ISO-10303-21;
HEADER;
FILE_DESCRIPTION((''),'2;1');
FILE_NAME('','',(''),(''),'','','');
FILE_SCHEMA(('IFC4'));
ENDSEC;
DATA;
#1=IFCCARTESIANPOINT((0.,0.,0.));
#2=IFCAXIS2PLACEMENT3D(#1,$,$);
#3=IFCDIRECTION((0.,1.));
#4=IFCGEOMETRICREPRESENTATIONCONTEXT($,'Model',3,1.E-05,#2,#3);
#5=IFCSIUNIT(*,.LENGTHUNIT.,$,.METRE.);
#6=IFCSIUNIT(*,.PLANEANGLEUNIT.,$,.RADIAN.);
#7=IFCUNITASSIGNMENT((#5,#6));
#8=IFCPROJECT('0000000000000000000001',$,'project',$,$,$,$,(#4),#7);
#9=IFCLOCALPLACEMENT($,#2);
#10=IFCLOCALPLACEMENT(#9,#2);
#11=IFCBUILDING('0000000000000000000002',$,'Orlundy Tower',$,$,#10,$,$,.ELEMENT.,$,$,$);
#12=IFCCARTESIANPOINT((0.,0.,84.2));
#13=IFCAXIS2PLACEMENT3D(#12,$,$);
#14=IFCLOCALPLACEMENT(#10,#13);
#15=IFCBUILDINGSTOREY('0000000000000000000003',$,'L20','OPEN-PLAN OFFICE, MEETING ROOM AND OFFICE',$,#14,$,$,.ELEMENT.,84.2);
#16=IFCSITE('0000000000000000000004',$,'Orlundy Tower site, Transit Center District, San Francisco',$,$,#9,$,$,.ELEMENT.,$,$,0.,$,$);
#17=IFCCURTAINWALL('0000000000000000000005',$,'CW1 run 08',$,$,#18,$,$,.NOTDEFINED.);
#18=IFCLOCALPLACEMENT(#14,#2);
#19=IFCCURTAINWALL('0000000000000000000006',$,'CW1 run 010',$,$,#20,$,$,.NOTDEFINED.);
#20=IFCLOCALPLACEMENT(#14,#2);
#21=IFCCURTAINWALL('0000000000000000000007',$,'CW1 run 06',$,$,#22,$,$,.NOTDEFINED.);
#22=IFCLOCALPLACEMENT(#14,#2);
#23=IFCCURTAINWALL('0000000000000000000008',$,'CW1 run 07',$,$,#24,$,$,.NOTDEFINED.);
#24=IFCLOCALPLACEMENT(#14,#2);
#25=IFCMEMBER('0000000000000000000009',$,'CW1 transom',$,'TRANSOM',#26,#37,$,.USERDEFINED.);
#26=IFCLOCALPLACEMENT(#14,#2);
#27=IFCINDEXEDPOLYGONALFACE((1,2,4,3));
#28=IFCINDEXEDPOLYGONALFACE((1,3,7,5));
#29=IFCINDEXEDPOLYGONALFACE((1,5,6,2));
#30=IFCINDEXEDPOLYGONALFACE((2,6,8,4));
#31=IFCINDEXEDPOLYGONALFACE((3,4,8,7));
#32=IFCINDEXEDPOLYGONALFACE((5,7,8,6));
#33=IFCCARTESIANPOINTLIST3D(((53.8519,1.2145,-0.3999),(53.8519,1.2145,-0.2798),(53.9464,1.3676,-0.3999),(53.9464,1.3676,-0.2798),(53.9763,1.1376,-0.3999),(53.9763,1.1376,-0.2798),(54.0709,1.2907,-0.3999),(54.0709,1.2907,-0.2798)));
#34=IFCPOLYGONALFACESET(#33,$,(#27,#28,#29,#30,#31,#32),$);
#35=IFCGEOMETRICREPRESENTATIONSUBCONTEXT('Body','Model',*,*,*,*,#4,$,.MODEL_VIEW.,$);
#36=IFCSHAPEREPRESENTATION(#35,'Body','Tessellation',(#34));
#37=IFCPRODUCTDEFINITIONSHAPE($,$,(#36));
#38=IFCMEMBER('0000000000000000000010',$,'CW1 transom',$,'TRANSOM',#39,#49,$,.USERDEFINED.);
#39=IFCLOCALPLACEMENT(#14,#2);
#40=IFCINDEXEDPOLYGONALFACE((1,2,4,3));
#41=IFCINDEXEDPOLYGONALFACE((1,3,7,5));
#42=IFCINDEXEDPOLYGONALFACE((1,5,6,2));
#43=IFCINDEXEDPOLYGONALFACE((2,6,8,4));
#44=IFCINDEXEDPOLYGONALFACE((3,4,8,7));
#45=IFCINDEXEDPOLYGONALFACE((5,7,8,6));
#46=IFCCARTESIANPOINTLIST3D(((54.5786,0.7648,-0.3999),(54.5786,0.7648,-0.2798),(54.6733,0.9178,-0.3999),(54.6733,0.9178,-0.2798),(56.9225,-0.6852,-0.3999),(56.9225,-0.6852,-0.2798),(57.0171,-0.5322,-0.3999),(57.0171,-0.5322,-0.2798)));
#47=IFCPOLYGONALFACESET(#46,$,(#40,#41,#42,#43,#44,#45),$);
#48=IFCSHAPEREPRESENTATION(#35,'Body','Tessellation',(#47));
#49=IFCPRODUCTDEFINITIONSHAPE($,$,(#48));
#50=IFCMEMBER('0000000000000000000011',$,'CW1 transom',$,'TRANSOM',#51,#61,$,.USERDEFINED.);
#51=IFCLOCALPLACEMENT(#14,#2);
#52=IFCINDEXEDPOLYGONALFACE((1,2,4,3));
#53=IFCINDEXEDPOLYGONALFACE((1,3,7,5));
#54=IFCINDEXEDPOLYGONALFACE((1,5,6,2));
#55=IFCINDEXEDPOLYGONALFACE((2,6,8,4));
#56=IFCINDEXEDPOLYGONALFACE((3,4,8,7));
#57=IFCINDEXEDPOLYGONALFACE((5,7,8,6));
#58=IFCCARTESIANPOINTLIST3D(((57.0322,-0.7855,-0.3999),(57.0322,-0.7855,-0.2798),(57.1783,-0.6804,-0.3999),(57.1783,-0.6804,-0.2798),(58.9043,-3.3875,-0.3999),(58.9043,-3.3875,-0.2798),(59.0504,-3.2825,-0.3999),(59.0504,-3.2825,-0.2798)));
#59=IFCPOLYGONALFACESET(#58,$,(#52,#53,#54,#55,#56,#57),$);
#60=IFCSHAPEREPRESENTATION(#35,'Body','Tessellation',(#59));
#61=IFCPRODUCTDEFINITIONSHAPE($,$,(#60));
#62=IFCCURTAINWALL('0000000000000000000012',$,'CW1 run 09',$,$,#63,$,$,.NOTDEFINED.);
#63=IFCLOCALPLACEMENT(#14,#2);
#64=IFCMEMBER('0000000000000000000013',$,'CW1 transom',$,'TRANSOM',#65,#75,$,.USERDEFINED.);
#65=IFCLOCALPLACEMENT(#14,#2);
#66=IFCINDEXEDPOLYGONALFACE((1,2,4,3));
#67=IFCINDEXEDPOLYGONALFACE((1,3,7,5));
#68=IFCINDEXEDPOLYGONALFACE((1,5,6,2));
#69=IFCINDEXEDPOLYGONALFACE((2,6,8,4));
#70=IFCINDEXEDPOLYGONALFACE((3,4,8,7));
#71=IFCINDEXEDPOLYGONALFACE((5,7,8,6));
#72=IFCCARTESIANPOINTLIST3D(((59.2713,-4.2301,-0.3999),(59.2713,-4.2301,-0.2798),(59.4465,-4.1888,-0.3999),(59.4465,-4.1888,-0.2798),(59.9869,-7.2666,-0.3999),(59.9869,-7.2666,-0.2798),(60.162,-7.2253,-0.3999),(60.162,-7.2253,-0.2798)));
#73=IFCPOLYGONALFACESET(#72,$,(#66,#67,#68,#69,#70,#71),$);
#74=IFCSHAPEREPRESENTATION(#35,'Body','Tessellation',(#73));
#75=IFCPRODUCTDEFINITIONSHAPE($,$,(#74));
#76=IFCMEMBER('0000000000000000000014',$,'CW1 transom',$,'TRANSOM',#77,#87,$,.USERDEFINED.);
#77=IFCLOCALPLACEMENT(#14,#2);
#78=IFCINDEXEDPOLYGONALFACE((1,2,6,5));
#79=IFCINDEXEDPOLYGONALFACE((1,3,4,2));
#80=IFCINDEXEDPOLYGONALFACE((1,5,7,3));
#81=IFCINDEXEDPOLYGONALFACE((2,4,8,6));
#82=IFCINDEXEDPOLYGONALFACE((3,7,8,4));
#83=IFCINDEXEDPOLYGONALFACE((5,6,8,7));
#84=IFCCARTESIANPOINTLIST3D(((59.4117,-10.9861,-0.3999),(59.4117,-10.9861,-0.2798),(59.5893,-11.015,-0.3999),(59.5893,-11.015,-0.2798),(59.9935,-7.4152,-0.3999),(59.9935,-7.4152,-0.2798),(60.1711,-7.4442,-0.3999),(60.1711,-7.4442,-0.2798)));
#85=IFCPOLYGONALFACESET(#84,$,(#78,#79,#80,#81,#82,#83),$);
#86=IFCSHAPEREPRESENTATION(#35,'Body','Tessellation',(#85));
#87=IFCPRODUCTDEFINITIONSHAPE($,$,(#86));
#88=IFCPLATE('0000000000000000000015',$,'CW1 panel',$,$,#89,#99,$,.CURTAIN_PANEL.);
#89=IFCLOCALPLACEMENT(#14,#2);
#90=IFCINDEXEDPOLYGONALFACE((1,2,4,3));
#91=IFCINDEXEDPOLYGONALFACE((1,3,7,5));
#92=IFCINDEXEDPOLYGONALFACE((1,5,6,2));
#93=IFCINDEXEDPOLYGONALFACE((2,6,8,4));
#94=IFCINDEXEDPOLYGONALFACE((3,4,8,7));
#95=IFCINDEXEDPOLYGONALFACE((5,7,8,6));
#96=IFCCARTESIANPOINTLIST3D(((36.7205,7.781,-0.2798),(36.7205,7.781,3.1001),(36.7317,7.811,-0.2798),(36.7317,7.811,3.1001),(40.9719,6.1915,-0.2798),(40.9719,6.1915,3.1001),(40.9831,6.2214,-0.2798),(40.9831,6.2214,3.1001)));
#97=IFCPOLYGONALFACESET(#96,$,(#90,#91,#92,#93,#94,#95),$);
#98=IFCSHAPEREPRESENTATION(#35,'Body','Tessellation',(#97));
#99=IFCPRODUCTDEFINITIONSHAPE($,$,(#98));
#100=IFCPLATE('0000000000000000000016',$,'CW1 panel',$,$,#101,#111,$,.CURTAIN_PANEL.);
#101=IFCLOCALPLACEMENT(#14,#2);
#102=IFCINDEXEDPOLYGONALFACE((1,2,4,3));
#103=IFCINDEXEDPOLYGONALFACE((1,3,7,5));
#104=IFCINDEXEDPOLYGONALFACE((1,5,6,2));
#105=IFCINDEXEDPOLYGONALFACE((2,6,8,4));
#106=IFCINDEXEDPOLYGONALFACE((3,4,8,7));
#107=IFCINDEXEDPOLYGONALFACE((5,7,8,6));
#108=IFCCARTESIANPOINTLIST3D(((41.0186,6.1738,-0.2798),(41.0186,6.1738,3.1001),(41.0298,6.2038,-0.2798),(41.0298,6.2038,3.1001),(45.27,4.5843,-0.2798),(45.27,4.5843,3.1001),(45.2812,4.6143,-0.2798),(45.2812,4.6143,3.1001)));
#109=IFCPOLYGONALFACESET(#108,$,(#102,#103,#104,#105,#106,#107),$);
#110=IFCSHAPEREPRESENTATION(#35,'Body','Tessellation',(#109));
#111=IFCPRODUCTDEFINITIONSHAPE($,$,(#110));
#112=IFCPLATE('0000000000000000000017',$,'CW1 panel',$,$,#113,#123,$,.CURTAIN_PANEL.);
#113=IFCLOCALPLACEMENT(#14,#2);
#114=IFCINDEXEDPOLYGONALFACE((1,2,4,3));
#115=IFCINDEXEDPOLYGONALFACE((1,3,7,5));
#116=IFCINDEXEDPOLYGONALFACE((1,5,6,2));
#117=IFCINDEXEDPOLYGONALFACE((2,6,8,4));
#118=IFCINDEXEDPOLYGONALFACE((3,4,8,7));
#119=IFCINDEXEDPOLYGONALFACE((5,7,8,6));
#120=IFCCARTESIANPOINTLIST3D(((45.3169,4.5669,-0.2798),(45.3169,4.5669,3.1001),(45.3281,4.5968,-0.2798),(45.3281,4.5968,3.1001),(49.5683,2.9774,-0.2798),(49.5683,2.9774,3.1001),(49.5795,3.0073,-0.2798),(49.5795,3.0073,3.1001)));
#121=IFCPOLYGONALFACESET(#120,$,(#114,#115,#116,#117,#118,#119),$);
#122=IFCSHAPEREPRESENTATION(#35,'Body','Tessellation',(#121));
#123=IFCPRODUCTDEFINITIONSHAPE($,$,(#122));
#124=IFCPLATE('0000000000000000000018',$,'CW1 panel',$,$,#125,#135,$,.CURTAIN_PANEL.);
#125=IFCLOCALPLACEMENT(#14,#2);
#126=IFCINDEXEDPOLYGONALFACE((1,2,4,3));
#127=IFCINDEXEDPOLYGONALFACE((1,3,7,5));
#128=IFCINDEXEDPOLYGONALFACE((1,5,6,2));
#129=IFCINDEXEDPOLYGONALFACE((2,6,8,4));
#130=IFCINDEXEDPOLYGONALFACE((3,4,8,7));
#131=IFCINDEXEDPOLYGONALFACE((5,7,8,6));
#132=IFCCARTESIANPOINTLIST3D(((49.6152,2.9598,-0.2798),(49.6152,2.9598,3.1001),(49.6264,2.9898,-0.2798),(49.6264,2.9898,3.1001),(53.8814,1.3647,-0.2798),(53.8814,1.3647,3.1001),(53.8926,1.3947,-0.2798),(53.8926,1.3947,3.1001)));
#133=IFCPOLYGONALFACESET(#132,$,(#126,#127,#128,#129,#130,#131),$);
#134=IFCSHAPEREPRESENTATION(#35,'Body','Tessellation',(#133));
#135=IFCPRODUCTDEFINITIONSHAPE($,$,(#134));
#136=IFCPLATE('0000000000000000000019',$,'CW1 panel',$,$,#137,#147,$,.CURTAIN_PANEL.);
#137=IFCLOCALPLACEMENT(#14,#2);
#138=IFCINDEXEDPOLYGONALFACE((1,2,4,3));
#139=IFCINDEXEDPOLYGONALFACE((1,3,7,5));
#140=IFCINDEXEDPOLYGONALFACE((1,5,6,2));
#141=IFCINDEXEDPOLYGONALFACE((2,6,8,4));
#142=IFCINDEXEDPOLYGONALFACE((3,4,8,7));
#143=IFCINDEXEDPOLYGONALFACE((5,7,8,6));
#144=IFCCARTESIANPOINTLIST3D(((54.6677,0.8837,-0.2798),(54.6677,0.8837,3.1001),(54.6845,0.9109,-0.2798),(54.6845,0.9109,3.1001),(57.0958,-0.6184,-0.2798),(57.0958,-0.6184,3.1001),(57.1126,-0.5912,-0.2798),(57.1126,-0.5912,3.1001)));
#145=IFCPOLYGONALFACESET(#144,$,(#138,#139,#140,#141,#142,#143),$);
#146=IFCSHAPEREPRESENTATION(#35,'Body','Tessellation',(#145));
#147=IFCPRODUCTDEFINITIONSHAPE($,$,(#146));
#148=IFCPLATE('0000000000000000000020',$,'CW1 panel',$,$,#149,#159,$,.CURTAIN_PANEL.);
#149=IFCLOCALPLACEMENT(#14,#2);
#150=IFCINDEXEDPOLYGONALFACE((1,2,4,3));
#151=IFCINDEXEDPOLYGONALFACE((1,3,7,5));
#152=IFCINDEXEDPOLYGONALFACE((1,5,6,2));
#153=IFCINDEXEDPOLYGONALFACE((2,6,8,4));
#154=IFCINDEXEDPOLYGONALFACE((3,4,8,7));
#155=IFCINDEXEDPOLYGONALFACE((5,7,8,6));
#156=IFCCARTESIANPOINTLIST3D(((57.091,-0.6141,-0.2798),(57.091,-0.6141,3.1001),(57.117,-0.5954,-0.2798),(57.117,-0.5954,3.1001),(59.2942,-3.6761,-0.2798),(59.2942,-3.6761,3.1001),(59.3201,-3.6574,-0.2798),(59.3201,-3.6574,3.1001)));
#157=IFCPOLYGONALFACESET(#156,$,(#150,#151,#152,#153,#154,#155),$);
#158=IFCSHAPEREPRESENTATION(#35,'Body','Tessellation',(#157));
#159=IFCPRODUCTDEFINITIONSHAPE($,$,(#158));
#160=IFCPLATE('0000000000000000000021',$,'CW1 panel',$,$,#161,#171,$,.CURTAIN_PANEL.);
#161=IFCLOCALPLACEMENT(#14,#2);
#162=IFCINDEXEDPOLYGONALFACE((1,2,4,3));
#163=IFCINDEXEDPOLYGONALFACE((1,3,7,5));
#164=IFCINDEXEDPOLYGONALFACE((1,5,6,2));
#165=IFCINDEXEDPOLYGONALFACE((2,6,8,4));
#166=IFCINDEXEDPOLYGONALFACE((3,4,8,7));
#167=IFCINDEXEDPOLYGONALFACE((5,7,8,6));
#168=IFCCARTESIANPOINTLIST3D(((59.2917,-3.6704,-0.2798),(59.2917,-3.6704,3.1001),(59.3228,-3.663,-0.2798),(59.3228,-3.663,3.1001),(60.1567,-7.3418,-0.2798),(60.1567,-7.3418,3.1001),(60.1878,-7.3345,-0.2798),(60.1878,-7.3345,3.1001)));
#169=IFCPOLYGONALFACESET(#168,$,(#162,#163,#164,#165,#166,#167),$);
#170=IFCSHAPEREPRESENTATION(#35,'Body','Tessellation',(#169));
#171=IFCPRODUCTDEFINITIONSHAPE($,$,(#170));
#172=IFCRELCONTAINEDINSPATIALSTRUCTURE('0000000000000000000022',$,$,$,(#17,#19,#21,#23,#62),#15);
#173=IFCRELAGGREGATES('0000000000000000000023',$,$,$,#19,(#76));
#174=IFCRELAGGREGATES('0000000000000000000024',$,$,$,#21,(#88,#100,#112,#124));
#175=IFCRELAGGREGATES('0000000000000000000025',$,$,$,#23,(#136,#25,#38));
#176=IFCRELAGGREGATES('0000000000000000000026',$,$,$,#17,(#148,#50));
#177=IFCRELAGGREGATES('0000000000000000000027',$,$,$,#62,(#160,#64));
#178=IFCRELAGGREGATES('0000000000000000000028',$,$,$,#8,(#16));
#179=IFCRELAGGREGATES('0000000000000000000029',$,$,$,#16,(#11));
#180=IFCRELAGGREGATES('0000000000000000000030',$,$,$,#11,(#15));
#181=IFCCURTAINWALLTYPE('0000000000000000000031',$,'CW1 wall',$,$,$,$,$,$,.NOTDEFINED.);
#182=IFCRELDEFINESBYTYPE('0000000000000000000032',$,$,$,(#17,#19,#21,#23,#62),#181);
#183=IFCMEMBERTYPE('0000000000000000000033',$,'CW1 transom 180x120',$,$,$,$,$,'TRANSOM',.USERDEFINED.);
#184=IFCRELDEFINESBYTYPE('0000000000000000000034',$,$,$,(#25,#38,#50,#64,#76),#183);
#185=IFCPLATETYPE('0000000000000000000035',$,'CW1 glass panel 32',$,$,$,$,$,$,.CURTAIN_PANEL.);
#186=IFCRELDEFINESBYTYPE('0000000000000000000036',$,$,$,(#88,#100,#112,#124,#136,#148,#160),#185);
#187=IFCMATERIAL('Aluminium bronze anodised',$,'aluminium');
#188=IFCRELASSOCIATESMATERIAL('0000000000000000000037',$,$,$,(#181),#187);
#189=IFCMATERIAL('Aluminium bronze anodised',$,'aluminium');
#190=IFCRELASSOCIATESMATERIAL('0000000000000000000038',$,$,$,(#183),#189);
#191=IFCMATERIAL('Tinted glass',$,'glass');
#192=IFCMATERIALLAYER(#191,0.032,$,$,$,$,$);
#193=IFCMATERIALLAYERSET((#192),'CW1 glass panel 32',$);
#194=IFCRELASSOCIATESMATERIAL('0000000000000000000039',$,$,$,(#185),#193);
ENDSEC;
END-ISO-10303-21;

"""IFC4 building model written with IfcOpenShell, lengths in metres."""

from ifc_helpers import new_model, si_unit, direction, frame, origin, origin_2d, place, context, subcontext, project, spatial, rectangle, extrude, material, layer, layer_set, material_profile, profile_set, type_object, element, aggregate, save


model = new_model("IFC4")

# Units and contexts
model_context = context("Model", 3, precision=1e-05, world=origin(), true_north=direction((0.0, 1.0)))
body_context = subcontext(model_context, "Body", "Model", "MODEL_VIEW")
ifc_project = project(units=[si_unit("LENGTHUNIT", "METRE"), si_unit("PLANEANGLEUNIT", "RADIAN")], contexts=[model_context])

# Site, building, storey
site_placement = place(None, origin())
site = spatial("IfcSite", under=ifc_project, at=site_placement, Name="Orlundy Tower site, Transit Center District, San Francisco", CompositionType="ELEMENT", RefElevation=0.0)
building_placement = place(site_placement, origin())
building = spatial("IfcBuilding", under=site, at=building_placement, Name="Orlundy Tower", CompositionType="ELEMENT")
storey_placement = place(building_placement, frame((0.0, 0.0, 84.2)))
storey = spatial("IfcBuildingStorey", under=building, at=storey_placement, Name="L20", Description="OPEN-PLAN OFFICE, MEETING ROOM AND OFFICE", CompositionType="ELEMENT", Elevation=84.2)

# Curtain walls
ifc_material_1 = material(Name="Aluminium bronze anodised", Category="aluminium")
curtain_wall_type = type_object("IfcCurtainWallType", Name="CW1 wall", PredefinedType="NOTDEFINED", material=ifc_material_1)
curtain_wall_1_placement = place(storey_placement, origin())
curtain_wall_1 = element("IfcCurtainWall", 1, at=curtain_wall_1_placement, inside=storey, type_object=curtain_wall_type, Name="CW1 run 08", PredefinedType="NOTDEFINED")
curtain_wall_2_placement = place(storey_placement, origin())
curtain_wall_2 = element("IfcCurtainWall", 2, at=curtain_wall_2_placement, inside=storey, type_object=curtain_wall_type, Name="CW1 run 010", PredefinedType="NOTDEFINED")

# Curtain wall
curtain_wall_3_placement = place(storey_placement, origin())
curtain_wall_3 = element("IfcCurtainWall", 3, at=curtain_wall_3_placement, inside=storey, type_object=curtain_wall_type, Name="CW1 run 06", PredefinedType="NOTDEFINED")

# Curtain wall
curtain_wall_4_placement = place(storey_placement, origin())
curtain_wall_4 = element("IfcCurtainWall", 4, at=curtain_wall_4_placement, inside=storey, type_object=curtain_wall_type, Name="CW1 run 07", PredefinedType="NOTDEFINED")

# Members
ifc_material_2 = material(Name="Aluminium bronze anodised", Category="aluminium")
ifc_material_profile_1 = material_profile(ifc_material_2, rectangle(XDim=0.1799, YDim=0.1201, at=origin_2d()), Name="CW1 transom 180x120")
ifc_profile_set_1 = profile_set([ifc_material_profile_1], Name="Aluminium bronze anodised")
member_type_1 = type_object("IfcMemberType", Name="CW1 transom 180x120", ElementType="TRANSOM", PredefinedType="USERDEFINED", material=ifc_profile_set_1)
member_1_placement = place(storey_placement, frame((53.8992, 1.291, -0.3398), z_axis=(0.850798, -0.525493, 0.0), x_axis=(0.525493, 0.850798, 0.0)))
member_1 = element("IfcMember", 5, at=member_1_placement, type_object=member_type_1, Name="CW1 transom", ObjectType="TRANSOM", PredefinedType="USERDEFINED", context=body_context, shape_type="SweptSolid", body=[
    extrude(rectangle(XDim=0.1799, YDim=0.1201, at=origin_2d()), origin(), (0.0, 0.0, 1.0), 0.1462),
])
member_2_placement = place(storey_placement, frame((54.626, 0.8413, -0.3398), z_axis=(0.850418, -0.526108, 0.0), x_axis=(0.526108, 0.850418, 0.0)))
member_2 = element("IfcMember", 6, at=member_2_placement, type_object=member_type_1, Name="CW1 transom", ObjectType="TRANSOM", PredefinedType="USERDEFINED", context=body_context, shape_type="SweptSolid", body=[
    extrude(rectangle(XDim=0.1799, YDim=0.1201, at=origin_2d()), origin(), (0.0, 0.0, 1.0), 2.7561),
])
member_3_placement = place(storey_placement, frame((57.1052, -0.7329, -0.3398), z_axis=(0.584016, -0.811742, 0.0), x_axis=(0.811742, 0.584016, 0.0)))
member_3 = element("IfcMember", 7, at=member_3_placement, type_object=member_type_1, Name="CW1 transom", ObjectType="TRANSOM", PredefinedType="USERDEFINED", context=body_context, shape_type="SweptSolid", body=[
    extrude(rectangle(XDim=0.1799, YDim=0.1201, at=origin_2d()), origin(), (0.0, 0.0, 1.0), 3.2056),
])

# Curtain wall, member
curtain_wall_5_placement = place(storey_placement, origin())
curtain_wall_5 = element("IfcCurtainWall", 8, at=curtain_wall_5_placement, inside=storey, type_object=curtain_wall_type, Name="CW1 run 09", PredefinedType="NOTDEFINED")
member_4_placement = place(storey_placement, frame((59.3589, -4.2095, -0.3398), z_axis=(0.229384, -0.973336, 0.0), x_axis=(0.973336, 0.229384, 0.0)))
member_4 = element("IfcMember", 9, at=member_4_placement, type_object=member_type_1, Name="CW1 transom", ObjectType="TRANSOM", PredefinedType="USERDEFINED", context=body_context, shape_type="SweptSolid", body=[
    extrude(rectangle(XDim=0.1799, YDim=0.1201, at=origin_2d()), origin(), (0.0, 0.0, 1.0), 3.1196),
])

# Member
member_5_placement = place(storey_placement, frame((60.0823, -7.4297, -0.3398), z_axis=(-0.160809, -0.986986, 0.0), x_axis=(0.986986, -0.160809, 0.0)))
member_5 = element("IfcMember", 10, at=member_5_placement, type_object=member_type_1, Name="CW1 transom", ObjectType="TRANSOM", PredefinedType="USERDEFINED", context=body_context, shape_type="SweptSolid", body=[
    extrude(rectangle(XDim=0.1799, YDim=0.1201, at=origin_2d()), origin(), (0.0, 0.0, 1.0), 3.6179),
])
aggregate(curtain_wall_2, [member_5])

# Plates
ifc_material_3 = material(Name="Tinted glass", Category="glass")
ifc_layer = layer(ifc_material_3, 0.032)
ifc_layer_set = layer_set([ifc_layer], Name="CW1 glass panel 32")
plate_type = type_object("IfcPlateType", Name="CW1 glass panel 32", PredefinedType="CURTAIN_PANEL", material=ifc_layer_set)
plate_1_placement = place(storey_placement, frame((38.8518, 7.0012, -0.2798), z_axis=(0.0, 0.0, 1.0), x_axis=(0.936674, -0.350204, 0.0)))
plate_1 = element("IfcPlate", 11, at=plate_1_placement, type_object=plate_type, Name="CW1 panel", PredefinedType="CURTAIN_PANEL", context=body_context, shape_type="SweptSolid", body=[
    extrude(rectangle(XDim=4.5388, YDim=0.032, at=origin_2d()), origin(), (0.0, 0.0, 1.0), 3.3799),
])
plate_2_placement = place(storey_placement, frame((43.1499, 5.394, -0.2798), z_axis=(0.0, 0.0, 1.0), x_axis=(0.936674, -0.350204, 0.0)))
plate_2 = element("IfcPlate", 12, at=plate_2_placement, type_object=plate_type, Name="CW1 panel", PredefinedType="CURTAIN_PANEL", context=body_context, shape_type="SweptSolid", body=[
    extrude(rectangle(XDim=4.5388, YDim=0.032, at=origin_2d()), origin(), (0.0, 0.0, 1.0), 3.3799),
])
plate_3_placement = place(storey_placement, frame((47.4482, 3.7871, -0.2798), z_axis=(0.0, 0.0, 1.0), x_axis=(0.936674, -0.350204, 0.0)))
plate_3 = element("IfcPlate", 13, at=plate_3_placement, type_object=plate_type, Name="CW1 panel", PredefinedType="CURTAIN_PANEL", context=body_context, shape_type="SweptSolid", body=[
    extrude(rectangle(XDim=4.5388, YDim=0.032, at=origin_2d()), origin(), (0.0, 0.0, 1.0), 3.3799),
])
plate_4_placement = place(storey_placement, frame((51.7539, 2.1772, -0.2798), z_axis=(0.0, 0.0, 1.0), x_axis=(0.936674, -0.350204, 0.0)))
plate_4 = element("IfcPlate", 14, at=plate_4_placement, type_object=plate_type, Name="CW1 panel", PredefinedType="CURTAIN_PANEL", context=body_context, shape_type="SweptSolid", body=[
    extrude(rectangle(XDim=4.5547, YDim=0.032, at=origin_2d()), origin(), (0.0, 0.0, 1.0), 3.3799),
])
aggregate(curtain_wall_3, [plate_1, plate_2, plate_3, plate_4])
plate_5_placement = place(storey_placement, frame((55.8901, 0.1462, -0.2798), z_axis=(0.0, 0.0, 1.0), x_axis=(0.850415, -0.526113, 0.0)))
plate_5 = element("IfcPlate", 15, at=plate_5_placement, type_object=plate_type, Name="CW1 panel", PredefinedType="CURTAIN_PANEL", context=body_context, shape_type="SweptSolid", body=[
    extrude(rectangle(XDim=2.8552, YDim=0.032, at=origin_2d()), origin(), (0.0, 0.0, 1.0), 3.3799),
])
aggregate(curtain_wall_4, [plate_5, member_1, member_2])
plate_6_placement = place(storey_placement, frame((58.2056, -2.1357, -0.2798), z_axis=(0.0, 0.0, 1.0), x_axis=(0.584042, -0.811724, 0.0)))
plate_6 = element("IfcPlate", 16, at=plate_6_placement, type_object=plate_type, Name="CW1 panel", PredefinedType="CURTAIN_PANEL", context=body_context, shape_type="SweptSolid", body=[
    extrude(rectangle(XDim=3.7722, YDim=0.032, at=origin_2d()), origin(), (0.0, 0.0, 1.0), 3.3799),
])
aggregate(curtain_wall_1, [plate_6, member_3])
plate_7_placement = place(storey_placement, frame((59.7397, -5.5024, -0.2798), z_axis=(0.0, 0.0, 1.0), x_axis=(0.22931, -0.973353, 0.0)))
plate_7 = element("IfcPlate", 17, at=plate_7_placement, type_object=plate_type, Name="CW1 panel", PredefinedType="CURTAIN_PANEL", context=body_context, shape_type="SweptSolid", body=[
    extrude(rectangle(XDim=3.772, YDim=0.032, at=origin_2d()), origin(), (0.0, 0.0, 1.0), 3.3799),
])
aggregate(curtain_wall_5, [plate_7, member_4])

save(model, "model.ifc")
